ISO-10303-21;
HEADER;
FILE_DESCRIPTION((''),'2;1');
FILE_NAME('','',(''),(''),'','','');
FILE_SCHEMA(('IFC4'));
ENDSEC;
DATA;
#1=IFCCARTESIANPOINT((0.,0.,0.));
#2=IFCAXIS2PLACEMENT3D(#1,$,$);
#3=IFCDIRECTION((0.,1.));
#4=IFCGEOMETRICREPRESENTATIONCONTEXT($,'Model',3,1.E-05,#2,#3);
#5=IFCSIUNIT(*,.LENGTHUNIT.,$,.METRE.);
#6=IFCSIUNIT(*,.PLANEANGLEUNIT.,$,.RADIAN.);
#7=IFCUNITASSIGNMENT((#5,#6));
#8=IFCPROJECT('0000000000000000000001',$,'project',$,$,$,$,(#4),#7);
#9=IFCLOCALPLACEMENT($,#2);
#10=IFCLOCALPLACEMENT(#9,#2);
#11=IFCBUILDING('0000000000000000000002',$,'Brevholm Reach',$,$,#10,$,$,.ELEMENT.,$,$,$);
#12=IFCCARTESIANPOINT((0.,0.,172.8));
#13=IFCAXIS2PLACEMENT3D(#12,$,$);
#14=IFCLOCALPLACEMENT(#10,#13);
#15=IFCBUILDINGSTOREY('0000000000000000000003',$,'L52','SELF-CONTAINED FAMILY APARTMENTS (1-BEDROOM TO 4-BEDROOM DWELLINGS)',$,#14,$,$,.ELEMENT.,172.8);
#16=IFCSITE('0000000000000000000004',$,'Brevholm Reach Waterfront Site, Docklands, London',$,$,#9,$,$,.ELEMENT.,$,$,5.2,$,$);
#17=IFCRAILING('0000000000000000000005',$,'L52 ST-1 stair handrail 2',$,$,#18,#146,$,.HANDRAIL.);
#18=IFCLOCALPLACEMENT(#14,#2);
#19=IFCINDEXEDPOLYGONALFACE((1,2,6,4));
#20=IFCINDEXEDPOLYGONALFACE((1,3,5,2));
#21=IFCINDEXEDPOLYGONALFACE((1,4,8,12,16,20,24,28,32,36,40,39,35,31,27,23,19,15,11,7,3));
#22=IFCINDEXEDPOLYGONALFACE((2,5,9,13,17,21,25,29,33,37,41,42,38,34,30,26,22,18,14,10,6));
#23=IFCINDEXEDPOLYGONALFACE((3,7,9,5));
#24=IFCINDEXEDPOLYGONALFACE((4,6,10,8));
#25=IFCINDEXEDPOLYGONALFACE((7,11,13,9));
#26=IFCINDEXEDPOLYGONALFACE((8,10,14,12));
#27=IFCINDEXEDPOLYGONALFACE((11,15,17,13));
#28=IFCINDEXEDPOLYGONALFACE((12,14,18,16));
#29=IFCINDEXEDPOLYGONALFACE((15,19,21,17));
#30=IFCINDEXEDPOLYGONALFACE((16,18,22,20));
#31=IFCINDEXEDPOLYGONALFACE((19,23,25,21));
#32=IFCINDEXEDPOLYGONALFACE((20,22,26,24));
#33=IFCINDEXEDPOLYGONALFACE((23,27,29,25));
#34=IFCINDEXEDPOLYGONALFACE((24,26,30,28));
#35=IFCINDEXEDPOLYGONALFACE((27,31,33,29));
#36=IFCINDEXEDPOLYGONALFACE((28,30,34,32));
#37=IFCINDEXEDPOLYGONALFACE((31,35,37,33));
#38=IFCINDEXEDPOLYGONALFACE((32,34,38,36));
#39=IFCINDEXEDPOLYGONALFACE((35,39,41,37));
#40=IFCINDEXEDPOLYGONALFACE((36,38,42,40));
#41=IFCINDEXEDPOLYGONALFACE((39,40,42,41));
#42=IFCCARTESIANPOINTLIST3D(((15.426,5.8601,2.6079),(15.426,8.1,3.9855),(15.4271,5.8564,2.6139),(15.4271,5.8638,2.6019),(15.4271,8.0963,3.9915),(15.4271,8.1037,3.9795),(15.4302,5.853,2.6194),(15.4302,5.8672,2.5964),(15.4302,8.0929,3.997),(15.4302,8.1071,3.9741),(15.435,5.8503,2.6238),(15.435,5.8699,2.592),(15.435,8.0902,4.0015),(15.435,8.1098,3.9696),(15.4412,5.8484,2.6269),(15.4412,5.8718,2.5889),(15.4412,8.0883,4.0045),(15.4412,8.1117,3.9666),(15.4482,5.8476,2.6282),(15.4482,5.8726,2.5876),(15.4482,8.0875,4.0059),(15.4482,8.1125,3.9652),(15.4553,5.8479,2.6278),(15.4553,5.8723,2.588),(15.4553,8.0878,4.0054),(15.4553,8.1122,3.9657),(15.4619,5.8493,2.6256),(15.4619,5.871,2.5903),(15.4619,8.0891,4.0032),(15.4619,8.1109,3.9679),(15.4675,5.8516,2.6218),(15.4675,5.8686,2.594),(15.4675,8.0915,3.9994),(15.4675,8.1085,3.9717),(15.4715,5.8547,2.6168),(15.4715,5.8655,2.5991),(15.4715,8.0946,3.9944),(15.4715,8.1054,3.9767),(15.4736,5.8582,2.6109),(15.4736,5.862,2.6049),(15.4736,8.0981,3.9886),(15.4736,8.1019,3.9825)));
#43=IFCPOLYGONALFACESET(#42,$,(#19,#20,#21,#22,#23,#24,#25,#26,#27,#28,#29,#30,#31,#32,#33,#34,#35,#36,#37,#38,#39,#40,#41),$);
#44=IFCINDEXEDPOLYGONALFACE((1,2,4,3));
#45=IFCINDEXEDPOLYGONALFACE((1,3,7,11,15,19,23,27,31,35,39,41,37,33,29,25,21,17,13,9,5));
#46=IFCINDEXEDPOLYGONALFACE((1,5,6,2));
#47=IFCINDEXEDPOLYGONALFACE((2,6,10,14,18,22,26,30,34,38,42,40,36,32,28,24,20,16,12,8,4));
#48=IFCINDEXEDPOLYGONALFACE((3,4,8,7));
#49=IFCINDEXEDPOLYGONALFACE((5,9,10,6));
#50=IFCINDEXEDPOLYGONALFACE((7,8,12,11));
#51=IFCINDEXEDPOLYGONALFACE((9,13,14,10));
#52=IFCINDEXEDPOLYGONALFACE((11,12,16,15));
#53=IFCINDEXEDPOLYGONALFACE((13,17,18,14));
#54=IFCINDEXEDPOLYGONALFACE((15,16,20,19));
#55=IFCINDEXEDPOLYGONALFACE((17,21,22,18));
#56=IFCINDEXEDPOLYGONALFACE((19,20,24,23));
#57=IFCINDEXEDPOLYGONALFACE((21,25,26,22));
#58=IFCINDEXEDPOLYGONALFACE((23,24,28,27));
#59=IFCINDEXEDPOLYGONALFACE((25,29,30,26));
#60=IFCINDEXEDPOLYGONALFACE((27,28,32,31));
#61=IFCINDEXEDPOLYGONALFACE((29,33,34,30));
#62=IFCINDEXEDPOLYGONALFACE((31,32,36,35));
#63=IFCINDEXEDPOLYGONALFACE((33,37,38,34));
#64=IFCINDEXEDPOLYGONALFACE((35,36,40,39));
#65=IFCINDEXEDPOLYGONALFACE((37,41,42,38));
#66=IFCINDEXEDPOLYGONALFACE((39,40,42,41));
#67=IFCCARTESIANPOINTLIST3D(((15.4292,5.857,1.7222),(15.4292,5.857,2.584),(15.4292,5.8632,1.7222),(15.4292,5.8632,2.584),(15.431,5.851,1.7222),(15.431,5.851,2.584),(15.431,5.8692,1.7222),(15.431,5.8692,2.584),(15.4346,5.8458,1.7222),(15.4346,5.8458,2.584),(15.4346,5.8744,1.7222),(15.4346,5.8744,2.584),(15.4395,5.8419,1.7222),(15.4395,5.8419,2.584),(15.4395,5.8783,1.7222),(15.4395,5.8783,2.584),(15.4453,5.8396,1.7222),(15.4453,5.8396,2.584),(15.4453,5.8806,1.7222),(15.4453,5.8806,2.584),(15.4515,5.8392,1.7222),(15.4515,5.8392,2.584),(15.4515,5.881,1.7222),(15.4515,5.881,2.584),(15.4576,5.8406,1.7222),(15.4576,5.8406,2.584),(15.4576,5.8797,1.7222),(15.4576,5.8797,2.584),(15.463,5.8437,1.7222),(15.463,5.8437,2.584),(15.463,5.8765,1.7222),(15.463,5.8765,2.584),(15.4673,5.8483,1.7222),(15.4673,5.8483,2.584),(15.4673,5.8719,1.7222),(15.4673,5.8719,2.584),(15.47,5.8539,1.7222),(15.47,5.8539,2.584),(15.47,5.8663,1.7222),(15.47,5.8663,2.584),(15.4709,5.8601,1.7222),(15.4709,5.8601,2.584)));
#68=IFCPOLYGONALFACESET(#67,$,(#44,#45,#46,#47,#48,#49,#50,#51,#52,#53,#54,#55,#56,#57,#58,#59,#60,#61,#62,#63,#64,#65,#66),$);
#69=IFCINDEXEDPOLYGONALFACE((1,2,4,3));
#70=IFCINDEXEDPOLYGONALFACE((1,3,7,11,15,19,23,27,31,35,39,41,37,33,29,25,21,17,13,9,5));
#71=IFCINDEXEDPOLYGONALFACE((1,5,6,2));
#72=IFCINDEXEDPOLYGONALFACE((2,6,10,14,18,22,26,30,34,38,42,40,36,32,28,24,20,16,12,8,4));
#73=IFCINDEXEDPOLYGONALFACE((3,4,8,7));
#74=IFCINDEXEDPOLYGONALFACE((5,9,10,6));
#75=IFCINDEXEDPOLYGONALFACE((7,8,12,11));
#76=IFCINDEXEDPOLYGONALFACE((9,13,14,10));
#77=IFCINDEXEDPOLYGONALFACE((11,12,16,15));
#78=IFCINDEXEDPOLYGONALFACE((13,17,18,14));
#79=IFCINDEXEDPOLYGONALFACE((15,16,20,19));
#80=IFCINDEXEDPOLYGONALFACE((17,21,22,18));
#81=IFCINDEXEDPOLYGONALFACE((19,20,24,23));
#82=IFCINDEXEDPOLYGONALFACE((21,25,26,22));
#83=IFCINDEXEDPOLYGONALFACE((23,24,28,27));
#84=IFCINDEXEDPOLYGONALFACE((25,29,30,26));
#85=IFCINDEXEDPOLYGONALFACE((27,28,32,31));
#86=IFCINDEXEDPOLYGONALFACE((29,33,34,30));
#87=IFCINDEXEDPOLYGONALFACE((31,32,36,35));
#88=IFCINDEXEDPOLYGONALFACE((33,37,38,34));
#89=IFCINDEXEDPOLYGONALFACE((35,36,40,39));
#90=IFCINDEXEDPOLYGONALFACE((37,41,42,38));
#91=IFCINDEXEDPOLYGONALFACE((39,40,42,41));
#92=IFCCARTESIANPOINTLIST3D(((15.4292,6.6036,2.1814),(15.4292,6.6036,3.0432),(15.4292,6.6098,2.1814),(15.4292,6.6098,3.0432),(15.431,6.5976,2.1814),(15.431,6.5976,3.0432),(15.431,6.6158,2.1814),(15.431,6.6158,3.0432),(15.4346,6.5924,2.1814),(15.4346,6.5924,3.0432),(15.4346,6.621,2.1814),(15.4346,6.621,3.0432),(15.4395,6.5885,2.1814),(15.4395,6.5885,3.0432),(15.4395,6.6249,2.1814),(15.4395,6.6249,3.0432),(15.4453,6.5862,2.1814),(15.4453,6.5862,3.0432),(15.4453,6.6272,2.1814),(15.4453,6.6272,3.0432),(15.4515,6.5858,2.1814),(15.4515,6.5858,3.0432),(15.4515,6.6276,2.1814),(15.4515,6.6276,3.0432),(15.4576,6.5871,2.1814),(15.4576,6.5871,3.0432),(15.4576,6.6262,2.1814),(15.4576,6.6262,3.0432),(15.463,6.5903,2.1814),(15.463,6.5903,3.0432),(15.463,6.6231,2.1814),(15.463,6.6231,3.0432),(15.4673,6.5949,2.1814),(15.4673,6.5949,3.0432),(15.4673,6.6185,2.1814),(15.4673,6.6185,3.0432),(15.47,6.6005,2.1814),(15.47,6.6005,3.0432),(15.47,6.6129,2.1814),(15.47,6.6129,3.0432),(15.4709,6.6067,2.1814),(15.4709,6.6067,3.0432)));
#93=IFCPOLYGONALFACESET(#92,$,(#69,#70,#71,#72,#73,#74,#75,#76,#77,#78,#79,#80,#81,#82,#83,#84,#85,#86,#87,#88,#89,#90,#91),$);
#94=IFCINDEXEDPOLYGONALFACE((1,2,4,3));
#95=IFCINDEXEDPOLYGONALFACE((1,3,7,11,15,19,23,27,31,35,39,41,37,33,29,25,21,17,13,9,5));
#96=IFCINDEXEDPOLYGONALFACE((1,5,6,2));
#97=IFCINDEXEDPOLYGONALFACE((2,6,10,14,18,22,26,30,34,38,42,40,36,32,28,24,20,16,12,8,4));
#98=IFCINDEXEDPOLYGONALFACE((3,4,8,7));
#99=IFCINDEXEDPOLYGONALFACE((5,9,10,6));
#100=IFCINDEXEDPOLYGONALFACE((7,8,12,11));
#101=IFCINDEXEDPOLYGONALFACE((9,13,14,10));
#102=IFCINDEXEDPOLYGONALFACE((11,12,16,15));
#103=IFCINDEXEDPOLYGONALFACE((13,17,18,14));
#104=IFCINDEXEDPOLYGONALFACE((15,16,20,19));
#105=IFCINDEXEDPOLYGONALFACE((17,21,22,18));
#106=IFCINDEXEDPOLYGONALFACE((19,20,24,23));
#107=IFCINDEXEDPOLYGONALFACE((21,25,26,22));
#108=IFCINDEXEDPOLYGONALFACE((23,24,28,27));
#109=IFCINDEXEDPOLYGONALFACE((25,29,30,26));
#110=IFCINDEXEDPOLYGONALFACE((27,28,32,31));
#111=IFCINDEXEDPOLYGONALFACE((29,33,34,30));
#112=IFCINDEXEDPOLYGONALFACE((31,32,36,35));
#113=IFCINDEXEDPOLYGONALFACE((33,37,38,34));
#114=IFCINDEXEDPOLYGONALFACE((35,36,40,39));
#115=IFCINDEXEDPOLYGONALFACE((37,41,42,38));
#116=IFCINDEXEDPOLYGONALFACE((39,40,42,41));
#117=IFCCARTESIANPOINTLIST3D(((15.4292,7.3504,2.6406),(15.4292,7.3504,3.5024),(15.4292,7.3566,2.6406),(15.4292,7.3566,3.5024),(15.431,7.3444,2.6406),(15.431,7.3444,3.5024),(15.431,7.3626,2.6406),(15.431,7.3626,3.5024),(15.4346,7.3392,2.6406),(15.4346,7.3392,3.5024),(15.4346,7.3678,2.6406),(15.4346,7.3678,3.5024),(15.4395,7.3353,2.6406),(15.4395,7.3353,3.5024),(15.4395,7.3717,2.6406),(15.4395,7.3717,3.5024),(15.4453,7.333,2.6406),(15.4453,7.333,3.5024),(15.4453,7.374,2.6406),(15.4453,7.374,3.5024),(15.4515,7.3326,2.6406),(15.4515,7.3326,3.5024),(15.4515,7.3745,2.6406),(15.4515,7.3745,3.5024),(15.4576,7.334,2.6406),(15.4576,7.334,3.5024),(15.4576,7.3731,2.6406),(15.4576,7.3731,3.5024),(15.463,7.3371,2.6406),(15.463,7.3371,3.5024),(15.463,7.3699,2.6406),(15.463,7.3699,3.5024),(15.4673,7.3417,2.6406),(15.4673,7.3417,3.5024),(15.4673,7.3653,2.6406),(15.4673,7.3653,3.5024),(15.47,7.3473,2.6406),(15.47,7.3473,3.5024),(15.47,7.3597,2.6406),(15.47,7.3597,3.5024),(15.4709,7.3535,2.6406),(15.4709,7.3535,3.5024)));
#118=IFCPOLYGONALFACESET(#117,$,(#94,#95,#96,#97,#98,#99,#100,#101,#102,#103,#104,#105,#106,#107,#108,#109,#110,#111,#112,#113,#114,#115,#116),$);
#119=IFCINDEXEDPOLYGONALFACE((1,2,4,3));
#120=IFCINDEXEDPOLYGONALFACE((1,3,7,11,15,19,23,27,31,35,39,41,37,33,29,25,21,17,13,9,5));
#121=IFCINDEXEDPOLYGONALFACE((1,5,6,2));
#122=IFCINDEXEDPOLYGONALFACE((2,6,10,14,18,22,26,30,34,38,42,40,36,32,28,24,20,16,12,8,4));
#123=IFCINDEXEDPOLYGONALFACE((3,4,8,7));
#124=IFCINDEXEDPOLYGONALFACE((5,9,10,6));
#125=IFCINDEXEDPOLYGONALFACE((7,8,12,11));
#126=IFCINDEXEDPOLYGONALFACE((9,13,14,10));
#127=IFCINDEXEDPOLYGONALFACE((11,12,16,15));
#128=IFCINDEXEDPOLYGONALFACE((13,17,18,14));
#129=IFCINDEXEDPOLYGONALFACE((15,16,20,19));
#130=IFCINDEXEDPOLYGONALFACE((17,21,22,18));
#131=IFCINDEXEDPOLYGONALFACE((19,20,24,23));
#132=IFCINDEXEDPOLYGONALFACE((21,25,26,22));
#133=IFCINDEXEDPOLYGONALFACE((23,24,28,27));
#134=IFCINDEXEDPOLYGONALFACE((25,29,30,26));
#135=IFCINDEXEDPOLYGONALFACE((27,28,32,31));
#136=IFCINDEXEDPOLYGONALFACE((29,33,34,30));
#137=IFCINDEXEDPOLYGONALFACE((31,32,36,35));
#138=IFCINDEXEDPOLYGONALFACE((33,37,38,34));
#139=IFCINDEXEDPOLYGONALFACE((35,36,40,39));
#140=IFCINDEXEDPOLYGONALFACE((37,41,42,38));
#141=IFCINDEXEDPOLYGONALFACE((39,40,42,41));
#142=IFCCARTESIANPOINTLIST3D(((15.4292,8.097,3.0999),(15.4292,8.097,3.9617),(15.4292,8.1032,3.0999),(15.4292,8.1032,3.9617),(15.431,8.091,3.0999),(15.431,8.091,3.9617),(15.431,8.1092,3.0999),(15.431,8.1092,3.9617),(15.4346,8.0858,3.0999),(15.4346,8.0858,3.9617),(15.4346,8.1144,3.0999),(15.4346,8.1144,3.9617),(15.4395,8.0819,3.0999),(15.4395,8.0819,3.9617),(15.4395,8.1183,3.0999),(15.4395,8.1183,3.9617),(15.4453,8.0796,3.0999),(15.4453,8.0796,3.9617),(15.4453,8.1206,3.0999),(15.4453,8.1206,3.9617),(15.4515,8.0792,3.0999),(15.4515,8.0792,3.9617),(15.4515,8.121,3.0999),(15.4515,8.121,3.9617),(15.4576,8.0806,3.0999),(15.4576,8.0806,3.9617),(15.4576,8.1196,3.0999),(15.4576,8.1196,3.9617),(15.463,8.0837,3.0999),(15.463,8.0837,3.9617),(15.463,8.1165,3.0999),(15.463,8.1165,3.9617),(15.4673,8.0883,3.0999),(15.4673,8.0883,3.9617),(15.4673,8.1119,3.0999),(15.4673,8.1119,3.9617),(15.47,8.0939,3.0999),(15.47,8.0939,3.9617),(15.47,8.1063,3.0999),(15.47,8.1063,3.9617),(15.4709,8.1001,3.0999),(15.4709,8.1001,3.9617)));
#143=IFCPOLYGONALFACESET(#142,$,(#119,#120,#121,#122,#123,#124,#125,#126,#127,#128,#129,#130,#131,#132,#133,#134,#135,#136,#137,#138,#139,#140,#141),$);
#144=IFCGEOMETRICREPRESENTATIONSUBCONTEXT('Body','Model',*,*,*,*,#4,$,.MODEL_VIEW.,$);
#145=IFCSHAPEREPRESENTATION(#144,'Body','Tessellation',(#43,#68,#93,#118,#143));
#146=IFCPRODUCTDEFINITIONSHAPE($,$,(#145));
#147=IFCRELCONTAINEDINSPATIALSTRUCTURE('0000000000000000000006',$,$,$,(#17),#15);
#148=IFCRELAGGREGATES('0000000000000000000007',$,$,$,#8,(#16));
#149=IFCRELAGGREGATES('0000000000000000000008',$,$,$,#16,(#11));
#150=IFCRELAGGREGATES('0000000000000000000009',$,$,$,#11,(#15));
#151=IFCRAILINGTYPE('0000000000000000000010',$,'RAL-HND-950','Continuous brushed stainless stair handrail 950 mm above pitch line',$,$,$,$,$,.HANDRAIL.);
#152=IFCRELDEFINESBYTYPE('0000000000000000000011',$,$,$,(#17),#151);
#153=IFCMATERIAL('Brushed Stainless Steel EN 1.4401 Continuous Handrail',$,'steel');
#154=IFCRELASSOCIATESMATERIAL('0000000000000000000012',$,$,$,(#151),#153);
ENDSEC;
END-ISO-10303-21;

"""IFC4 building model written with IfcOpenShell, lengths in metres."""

from ifc_helpers import new_model, si_unit, direction, frame, origin, origin_2d, place, context, subcontext, project, spatial, circle, extrude, material, type_object, element, save


model = new_model("IFC4")

# Units and contexts
model_context = context("Model", 3, precision=1e-05, world=origin(), true_north=direction((0.0, 1.0)))
body_context = subcontext(model_context, "Body", "Model", "MODEL_VIEW")
ifc_project = project(units=[si_unit("LENGTHUNIT", "METRE"), si_unit("PLANEANGLEUNIT", "RADIAN")], contexts=[model_context])

# Site, building, storey
site_placement = place(None, origin())
site = spatial("IfcSite", under=ifc_project, at=site_placement, Name="Brevholm Reach Waterfront Site, Docklands, London", CompositionType="ELEMENT", RefElevation=5.2)
building_placement = place(site_placement, origin())
building = spatial("IfcBuilding", under=site, at=building_placement, Name="Brevholm Reach", CompositionType="ELEMENT")
storey_placement = place(building_placement, frame((0.0, 0.0, 172.8)))
storey = spatial("IfcBuildingStorey", under=building, at=storey_placement, Name="L52", Description="SELF-CONTAINED FAMILY APARTMENTS (1-BEDROOM TO 4-BEDROOM DWELLINGS)", CompositionType="ELEMENT", Elevation=172.8)

# Railing
ifc_material_1 = material(Name="Brushed Stainless Steel EN 1.4401 Continuous Handrail", Category="steel")
railing_type_1 = type_object("IfcRailingType", Name="RAL-HND-950", Description="Continuous brushed stainless stair handrail 950 mm above pitch line", PredefinedType="HANDRAIL", material=ifc_material_1)
railing_1_placement = place(storey_placement, frame((15.45, 5.8601, 1.7222)))
element("IfcRailing", 1, at=railing_1_placement, inside=storey, type_object=railing_type_1, Name="L52 ST-1 stair handrail 2", PredefinedType="HANDRAIL", context=body_context, shape_type="SweptSolid", body=[
    extrude(circle(Radius=0.0239, at=origin_2d()), frame((0.0, 0.0, 0.8857), z_axis=(0.0, 0.851789, 0.523885), x_axis=(-1.0, 0.0, 0.0)), (0.0, 0.0, 1.0), 2.6296),
    extrude(circle(Radius=0.021, at=origin_2d()), origin(), (0.0, 0.0, 1.0), 0.8618),
    extrude(circle(Radius=0.021, at=origin_2d()), frame((0.0, 0.7466, 0.4592)), (0.0, 0.0, 1.0), 0.8618),
    extrude(circle(Radius=0.021, at=origin_2d()), frame((0.0, 1.4934, 0.9185)), (0.0, 0.0, 1.0), 0.8618),
    extrude(circle(Radius=0.021, at=origin_2d()), frame((0.0, 2.24, 1.3777)), (0.0, 0.0, 1.0), 0.8618),
])

save(model, "model.ifc")
